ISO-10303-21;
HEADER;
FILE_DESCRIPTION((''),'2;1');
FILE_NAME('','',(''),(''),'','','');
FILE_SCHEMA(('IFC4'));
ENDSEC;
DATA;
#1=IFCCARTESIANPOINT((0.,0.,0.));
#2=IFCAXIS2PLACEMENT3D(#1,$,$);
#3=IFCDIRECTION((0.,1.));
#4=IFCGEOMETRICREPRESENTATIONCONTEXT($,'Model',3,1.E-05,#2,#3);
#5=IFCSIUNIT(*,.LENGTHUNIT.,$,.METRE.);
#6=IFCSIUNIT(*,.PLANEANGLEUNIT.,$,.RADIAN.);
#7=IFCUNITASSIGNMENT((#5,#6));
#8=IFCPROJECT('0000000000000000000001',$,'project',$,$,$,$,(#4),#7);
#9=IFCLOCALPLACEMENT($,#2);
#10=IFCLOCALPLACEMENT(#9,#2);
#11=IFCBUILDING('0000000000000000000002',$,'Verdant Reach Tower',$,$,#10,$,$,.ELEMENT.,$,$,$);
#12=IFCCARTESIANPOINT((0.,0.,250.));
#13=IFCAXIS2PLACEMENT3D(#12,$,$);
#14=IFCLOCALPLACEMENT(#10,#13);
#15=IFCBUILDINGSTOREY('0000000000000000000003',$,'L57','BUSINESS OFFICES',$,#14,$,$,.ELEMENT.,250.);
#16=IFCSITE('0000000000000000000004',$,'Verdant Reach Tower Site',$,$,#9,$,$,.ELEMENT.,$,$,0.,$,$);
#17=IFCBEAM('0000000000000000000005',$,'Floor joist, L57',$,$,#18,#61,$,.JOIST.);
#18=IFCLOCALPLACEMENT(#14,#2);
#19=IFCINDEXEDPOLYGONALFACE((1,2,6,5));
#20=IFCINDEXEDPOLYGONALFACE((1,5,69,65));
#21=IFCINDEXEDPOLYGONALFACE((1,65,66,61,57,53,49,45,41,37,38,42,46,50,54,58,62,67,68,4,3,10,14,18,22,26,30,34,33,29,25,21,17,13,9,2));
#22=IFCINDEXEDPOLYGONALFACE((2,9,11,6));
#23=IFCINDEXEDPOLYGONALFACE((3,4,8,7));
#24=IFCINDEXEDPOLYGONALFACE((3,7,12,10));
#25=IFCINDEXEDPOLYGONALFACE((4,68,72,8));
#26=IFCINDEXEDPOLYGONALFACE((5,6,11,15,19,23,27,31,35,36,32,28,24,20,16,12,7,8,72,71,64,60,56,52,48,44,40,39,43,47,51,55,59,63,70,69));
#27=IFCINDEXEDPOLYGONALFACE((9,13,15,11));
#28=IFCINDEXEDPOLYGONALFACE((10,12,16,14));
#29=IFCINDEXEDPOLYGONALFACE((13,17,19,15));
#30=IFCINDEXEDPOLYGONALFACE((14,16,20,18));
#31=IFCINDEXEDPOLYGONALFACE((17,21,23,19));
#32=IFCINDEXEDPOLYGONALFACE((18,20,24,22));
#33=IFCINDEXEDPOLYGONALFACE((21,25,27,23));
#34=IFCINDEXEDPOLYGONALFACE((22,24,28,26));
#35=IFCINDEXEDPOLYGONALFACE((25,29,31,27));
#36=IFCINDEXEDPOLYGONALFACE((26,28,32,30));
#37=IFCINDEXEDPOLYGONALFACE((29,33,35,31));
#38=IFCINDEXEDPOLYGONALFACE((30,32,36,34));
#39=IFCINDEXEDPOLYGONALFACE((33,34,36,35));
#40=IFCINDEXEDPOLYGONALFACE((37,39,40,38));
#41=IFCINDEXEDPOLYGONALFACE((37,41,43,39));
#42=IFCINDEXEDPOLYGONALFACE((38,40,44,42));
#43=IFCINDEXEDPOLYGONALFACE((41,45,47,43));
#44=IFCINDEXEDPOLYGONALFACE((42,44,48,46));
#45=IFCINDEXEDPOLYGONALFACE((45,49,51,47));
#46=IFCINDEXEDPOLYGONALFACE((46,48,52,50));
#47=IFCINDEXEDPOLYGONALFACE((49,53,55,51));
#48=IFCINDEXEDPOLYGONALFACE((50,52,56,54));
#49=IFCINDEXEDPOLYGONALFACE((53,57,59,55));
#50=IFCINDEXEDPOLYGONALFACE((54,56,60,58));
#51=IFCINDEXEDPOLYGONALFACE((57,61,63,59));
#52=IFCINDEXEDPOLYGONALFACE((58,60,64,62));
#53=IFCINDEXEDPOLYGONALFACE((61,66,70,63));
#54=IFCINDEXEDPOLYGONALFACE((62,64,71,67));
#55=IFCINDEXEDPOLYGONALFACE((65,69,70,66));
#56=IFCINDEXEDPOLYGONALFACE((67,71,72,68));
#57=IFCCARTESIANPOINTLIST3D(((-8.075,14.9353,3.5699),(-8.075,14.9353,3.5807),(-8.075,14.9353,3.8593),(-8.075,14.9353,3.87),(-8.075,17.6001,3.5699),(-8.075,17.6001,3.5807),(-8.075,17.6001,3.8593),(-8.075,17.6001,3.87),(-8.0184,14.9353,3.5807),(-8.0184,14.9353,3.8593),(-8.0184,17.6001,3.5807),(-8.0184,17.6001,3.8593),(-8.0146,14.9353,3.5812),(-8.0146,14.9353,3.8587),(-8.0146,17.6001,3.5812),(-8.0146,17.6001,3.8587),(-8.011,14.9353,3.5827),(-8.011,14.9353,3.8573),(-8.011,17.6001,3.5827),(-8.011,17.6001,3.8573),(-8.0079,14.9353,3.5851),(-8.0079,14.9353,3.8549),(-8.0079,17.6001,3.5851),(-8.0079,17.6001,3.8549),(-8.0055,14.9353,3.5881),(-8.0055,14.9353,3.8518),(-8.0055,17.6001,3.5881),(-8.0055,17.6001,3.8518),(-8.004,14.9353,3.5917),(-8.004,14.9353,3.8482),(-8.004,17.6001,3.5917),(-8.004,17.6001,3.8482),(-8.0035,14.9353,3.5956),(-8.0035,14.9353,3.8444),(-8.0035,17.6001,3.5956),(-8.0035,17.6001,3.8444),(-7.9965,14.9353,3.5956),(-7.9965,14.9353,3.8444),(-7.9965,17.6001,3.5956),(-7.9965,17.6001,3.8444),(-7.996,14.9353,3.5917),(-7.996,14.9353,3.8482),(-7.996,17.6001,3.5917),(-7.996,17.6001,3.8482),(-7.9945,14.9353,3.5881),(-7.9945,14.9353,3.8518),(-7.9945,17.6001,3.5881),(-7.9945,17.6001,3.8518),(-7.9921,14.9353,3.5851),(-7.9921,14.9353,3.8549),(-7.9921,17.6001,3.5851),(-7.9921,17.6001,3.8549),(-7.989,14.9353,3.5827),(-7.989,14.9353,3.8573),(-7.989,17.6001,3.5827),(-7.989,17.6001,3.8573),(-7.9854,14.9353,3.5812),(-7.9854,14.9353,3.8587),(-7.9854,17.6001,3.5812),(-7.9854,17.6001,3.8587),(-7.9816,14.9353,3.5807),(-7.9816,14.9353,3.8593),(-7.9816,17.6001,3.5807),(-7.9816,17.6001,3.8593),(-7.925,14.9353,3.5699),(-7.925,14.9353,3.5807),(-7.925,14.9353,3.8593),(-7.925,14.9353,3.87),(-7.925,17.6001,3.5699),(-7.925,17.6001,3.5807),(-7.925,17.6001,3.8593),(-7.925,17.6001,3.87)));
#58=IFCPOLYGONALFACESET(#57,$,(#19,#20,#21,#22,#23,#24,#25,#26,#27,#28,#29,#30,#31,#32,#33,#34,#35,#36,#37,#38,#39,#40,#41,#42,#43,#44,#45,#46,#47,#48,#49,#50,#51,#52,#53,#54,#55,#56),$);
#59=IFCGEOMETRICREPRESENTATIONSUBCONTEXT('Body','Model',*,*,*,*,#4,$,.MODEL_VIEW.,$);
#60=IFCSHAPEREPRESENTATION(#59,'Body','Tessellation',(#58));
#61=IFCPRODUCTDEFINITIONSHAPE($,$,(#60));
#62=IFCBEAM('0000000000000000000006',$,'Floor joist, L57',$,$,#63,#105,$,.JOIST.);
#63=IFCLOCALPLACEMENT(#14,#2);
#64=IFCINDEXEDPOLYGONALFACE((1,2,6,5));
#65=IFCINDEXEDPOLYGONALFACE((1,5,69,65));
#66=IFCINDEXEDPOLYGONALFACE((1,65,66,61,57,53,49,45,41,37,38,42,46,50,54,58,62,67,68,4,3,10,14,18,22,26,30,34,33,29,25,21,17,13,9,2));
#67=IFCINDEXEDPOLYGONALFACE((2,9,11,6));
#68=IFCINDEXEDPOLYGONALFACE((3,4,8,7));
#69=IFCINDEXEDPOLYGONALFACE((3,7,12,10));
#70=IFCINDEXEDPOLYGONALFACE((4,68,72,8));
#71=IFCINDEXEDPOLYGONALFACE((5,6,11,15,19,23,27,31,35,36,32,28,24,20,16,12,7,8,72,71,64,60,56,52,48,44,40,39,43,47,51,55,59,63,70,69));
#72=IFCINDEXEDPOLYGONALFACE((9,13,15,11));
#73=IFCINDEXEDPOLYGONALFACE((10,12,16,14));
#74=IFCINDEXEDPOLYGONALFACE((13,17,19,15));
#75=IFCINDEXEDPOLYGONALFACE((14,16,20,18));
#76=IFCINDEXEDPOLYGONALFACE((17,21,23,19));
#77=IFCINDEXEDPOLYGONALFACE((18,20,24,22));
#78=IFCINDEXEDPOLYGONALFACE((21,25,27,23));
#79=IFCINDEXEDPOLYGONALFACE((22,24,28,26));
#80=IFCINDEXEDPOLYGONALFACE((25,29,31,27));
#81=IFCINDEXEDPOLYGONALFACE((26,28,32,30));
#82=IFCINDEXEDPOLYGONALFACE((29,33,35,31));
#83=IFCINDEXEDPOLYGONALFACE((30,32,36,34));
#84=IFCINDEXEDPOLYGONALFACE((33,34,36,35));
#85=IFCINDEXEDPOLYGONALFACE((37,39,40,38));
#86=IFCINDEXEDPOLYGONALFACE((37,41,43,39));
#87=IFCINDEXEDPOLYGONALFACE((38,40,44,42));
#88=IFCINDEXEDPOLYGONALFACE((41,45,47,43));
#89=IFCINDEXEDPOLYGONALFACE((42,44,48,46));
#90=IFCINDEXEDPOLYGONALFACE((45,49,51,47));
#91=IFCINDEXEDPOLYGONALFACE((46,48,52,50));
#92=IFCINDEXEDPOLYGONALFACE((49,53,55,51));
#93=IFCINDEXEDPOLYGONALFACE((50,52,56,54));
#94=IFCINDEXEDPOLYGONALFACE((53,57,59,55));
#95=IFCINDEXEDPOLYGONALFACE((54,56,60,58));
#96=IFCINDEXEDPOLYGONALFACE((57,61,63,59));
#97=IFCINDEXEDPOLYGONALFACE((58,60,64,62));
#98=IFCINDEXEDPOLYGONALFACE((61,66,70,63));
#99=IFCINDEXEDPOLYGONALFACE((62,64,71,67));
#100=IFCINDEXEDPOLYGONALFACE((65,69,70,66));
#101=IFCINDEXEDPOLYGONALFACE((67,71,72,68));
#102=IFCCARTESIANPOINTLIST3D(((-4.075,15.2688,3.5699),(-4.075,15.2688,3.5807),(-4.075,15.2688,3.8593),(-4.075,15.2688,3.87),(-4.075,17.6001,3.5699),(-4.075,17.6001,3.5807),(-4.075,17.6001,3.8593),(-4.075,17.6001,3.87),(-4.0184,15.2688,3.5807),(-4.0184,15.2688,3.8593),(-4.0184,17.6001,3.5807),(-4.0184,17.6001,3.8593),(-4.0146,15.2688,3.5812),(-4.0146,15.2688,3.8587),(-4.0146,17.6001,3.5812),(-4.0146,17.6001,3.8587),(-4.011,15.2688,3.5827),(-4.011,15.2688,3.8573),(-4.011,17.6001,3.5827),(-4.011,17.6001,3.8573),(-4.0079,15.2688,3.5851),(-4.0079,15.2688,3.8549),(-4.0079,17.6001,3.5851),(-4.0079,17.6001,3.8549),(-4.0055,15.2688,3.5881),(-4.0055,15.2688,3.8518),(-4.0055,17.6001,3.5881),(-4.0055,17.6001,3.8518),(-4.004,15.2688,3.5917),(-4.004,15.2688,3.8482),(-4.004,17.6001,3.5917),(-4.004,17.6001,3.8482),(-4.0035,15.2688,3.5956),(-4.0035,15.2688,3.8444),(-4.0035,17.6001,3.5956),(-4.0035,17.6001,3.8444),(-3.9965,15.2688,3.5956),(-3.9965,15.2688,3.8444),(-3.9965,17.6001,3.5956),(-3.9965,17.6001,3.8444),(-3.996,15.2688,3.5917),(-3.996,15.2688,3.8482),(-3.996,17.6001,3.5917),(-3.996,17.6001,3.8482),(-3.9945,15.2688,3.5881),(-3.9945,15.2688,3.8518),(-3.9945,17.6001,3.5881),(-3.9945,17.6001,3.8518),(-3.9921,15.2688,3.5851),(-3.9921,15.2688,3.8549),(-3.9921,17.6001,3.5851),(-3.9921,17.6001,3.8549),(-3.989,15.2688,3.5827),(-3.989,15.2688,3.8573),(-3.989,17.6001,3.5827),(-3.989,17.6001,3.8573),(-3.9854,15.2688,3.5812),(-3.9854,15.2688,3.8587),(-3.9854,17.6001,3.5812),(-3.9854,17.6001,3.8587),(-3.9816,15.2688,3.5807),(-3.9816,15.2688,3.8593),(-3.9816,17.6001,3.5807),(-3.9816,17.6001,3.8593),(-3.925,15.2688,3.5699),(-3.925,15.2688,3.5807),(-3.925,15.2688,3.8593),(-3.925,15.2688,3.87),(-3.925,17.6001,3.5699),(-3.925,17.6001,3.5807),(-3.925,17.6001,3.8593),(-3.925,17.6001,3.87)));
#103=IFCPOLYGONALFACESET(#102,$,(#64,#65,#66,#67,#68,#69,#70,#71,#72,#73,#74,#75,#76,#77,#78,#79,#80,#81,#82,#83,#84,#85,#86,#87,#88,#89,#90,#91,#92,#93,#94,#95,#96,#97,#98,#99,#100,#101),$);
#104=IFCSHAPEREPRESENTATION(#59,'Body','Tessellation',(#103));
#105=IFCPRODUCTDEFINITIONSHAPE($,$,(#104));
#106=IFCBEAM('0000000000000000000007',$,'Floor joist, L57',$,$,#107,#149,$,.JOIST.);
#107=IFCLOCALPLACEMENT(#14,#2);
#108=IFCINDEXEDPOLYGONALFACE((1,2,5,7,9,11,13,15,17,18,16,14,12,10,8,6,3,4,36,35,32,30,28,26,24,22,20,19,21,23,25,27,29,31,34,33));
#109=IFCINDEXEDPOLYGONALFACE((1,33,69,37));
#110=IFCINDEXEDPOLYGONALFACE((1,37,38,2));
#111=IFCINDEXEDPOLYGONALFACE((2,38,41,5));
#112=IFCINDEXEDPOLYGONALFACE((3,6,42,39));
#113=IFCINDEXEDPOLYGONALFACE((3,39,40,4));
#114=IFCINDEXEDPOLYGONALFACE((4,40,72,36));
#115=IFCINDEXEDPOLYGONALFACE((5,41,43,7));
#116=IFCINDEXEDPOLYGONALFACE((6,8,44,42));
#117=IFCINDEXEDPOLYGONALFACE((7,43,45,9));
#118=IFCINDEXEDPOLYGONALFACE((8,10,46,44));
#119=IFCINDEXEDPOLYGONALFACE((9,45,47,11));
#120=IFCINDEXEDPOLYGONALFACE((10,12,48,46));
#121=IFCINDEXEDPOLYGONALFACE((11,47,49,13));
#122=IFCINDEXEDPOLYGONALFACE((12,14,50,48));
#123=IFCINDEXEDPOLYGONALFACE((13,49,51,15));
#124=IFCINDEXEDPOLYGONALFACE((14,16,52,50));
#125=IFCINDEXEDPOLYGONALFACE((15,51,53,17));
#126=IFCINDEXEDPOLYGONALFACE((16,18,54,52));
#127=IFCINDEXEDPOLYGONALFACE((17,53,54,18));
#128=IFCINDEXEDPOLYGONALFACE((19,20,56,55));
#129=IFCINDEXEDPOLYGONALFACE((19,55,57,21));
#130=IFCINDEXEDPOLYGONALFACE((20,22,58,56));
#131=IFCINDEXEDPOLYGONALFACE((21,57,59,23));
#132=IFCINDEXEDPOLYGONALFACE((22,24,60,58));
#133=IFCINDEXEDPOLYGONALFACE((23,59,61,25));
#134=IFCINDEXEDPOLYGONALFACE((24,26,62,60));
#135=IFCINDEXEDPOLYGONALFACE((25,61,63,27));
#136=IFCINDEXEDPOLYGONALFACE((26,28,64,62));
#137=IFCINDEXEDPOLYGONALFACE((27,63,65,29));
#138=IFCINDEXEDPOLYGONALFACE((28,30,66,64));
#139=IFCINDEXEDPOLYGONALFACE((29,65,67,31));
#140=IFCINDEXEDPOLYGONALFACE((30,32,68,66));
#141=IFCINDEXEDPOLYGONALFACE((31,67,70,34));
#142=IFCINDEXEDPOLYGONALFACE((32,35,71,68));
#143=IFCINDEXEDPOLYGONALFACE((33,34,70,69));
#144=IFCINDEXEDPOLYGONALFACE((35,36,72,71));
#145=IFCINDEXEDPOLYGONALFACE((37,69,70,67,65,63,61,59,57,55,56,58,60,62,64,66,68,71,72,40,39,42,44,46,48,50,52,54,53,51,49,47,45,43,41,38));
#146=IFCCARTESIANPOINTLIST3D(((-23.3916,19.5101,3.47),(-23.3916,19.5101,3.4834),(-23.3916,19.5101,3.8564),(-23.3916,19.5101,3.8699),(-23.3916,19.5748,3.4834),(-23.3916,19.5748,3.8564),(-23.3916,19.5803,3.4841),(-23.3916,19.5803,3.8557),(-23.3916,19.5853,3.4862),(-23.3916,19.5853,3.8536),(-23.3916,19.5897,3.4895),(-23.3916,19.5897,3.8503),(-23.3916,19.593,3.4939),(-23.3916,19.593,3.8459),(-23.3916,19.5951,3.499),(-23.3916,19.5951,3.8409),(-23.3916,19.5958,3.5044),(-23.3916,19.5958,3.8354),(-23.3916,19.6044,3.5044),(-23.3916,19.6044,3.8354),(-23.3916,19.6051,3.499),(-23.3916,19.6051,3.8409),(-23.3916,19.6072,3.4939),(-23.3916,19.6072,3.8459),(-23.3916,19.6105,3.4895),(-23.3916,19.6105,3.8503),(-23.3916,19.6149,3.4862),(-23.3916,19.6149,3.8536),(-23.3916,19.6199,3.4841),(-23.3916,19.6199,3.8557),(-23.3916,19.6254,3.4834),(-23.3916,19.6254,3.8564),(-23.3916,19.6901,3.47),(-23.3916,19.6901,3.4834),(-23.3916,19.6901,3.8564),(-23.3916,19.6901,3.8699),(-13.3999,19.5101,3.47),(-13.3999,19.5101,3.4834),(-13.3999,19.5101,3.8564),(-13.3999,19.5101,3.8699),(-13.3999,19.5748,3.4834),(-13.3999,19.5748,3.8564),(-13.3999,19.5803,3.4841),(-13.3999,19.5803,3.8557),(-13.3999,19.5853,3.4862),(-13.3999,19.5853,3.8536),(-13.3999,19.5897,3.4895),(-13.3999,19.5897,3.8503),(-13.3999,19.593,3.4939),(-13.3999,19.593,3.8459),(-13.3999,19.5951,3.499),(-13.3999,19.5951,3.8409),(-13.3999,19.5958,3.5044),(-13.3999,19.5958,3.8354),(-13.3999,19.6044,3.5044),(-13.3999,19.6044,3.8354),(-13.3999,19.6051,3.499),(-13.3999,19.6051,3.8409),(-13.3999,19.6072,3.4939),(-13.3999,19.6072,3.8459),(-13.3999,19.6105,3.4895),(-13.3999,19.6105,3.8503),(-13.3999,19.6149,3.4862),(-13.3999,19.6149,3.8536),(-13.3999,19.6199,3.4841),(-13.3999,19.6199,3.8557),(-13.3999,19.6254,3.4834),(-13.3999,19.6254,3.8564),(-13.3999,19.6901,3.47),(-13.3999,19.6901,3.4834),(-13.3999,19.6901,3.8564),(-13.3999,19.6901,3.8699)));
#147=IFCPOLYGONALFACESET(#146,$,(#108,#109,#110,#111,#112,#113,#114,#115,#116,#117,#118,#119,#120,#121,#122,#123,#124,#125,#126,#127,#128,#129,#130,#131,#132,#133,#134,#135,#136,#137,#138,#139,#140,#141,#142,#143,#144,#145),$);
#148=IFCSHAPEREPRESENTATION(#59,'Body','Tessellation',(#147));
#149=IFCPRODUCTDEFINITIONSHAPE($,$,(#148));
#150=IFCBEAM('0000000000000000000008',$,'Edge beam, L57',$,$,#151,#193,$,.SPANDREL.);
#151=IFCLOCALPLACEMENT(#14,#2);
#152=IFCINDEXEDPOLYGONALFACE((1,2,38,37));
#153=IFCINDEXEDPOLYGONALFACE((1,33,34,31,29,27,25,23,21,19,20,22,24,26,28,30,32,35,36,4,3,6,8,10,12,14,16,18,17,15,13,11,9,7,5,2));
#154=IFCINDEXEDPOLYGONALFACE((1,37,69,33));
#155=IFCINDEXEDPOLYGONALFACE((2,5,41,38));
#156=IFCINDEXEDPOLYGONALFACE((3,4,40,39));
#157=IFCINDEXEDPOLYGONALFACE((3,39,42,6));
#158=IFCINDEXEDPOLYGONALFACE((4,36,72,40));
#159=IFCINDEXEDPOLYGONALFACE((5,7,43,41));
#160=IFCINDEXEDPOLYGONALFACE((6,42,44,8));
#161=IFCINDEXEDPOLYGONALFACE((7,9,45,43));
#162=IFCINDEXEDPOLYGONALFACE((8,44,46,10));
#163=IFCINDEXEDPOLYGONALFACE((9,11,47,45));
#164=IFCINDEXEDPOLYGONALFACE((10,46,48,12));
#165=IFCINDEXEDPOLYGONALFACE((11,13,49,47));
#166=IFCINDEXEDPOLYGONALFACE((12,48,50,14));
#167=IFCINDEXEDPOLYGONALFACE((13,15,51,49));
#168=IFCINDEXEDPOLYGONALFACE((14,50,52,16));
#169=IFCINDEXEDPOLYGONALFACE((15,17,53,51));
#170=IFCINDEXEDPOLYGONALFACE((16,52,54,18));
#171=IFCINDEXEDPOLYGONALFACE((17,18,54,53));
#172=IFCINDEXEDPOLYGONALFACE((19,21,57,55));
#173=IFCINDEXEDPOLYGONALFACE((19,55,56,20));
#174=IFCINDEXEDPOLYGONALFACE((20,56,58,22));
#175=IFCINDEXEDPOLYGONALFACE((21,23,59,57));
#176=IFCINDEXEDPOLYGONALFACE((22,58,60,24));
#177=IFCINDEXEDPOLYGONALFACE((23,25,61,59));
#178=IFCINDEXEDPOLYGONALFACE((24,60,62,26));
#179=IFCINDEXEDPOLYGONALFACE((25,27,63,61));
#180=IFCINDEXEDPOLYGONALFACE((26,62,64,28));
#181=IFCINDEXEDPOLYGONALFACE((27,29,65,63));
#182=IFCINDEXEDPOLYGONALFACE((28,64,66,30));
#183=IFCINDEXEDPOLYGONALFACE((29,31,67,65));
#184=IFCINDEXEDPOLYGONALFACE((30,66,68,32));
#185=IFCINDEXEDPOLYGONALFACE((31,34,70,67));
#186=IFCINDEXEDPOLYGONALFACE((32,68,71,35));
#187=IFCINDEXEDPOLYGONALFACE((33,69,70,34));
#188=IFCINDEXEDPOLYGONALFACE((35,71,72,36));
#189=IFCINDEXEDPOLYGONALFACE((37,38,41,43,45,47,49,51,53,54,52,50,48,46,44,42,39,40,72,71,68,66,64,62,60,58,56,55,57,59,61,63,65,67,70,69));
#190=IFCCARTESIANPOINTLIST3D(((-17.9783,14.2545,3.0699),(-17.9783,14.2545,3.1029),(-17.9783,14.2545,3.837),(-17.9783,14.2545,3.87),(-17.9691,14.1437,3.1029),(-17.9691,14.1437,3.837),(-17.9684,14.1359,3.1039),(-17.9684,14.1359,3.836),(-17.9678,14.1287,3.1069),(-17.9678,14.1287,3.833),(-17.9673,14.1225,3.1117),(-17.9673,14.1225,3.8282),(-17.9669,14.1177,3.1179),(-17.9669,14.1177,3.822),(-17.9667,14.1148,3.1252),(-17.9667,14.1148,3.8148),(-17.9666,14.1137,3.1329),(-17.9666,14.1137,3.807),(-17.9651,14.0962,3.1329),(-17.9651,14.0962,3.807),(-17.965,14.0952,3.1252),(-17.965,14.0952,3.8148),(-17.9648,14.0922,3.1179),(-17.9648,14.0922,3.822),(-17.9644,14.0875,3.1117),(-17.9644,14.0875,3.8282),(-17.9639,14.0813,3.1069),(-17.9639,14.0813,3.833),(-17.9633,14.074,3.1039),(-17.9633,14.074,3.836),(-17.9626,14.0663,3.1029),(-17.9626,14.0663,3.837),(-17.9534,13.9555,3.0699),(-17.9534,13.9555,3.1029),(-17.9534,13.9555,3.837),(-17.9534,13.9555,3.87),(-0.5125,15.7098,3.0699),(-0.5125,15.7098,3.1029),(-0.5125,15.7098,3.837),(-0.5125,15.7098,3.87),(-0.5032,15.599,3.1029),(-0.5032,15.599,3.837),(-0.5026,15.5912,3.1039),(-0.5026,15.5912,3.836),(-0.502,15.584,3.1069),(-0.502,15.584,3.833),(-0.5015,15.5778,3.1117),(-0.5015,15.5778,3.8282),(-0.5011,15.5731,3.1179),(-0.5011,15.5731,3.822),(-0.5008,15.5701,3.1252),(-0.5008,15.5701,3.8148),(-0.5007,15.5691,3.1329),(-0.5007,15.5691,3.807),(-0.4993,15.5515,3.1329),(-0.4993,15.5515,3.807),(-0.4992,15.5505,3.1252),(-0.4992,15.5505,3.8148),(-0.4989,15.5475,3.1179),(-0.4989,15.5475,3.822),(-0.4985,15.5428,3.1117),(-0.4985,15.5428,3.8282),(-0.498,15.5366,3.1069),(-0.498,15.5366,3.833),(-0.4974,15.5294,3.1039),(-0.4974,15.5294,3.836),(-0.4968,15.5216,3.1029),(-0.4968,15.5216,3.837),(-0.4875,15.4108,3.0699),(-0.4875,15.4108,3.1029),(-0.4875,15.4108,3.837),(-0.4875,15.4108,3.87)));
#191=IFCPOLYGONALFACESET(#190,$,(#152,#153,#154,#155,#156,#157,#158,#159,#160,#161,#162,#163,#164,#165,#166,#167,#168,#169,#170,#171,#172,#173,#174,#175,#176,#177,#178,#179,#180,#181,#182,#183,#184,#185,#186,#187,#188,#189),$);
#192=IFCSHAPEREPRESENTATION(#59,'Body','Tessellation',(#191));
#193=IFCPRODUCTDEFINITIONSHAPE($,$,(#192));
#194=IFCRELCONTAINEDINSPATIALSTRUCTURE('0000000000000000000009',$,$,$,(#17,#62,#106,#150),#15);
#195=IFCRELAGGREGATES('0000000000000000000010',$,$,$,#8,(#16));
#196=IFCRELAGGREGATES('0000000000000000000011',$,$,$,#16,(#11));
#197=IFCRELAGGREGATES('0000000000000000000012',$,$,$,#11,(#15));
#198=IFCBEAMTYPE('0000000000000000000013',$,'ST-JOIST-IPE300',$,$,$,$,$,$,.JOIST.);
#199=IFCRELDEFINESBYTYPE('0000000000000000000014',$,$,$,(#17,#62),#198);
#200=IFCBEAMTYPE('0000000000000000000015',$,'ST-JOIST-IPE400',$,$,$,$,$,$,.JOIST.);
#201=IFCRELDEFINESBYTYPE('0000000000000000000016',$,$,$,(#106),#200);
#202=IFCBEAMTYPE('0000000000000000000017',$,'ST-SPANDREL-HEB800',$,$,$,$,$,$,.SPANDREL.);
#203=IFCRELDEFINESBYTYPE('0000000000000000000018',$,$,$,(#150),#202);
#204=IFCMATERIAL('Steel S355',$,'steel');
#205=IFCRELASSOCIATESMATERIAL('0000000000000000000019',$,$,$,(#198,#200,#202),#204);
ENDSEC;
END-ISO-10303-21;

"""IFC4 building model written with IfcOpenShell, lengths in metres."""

from ifc_helpers import new_model, si_unit, direction, frame, origin, origin_2d, place, context, subcontext, project, spatial, i_section, extrude, material, material_profile, profile_set, type_object, element, save


model = new_model("IFC4")

# Units and contexts
model_context = context("Model", 3, precision=1e-05, world=origin(), true_north=direction((0.0, 1.0)))
body_context = subcontext(model_context, "Body", "Model", "MODEL_VIEW")
ifc_project = project(units=[si_unit("LENGTHUNIT", "METRE"), si_unit("PLANEANGLEUNIT", "RADIAN")], contexts=[model_context])

# Site, building, storey
site_placement = place(None, origin())
site = spatial("IfcSite", under=ifc_project, at=site_placement, Name="Verdant Reach Tower Site", CompositionType="ELEMENT", RefElevation=0.0)
building_placement = place(site_placement, origin())
building = spatial("IfcBuilding", under=site, at=building_placement, Name="Verdant Reach Tower", CompositionType="ELEMENT")
storey_placement = place(building_placement, frame((0.0, 0.0, 250.0)))
storey = spatial("IfcBuildingStorey", under=building, at=storey_placement, Name="L57", Description="BUSINESS OFFICES", CompositionType="ELEMENT", Elevation=250.0)

# Beams
ifc_material_1 = material(Name="Steel S355", Category="steel")
ifc_material_profile_1 = material_profile(ifc_material_1, i_section(OverallWidth=0.1499, OverallDepth=0.3, WebThickness=0.0071, FlangeThickness=0.0107, FilletRadius=0.0149, at=origin_2d()), Name="IPE 300")
ifc_profile_set_1 = profile_set([ifc_material_profile_1], Name="Steel S355")
beam_type_1 = type_object("IfcBeamType", Name="ST-JOIST-IPE300", PredefinedType="JOIST", material=ifc_profile_set_1)
beam_1_placement = place(storey_placement, frame((-8.0, 17.6001, 3.72), z_axis=(0.0, -1.0, 0.0), x_axis=(1.0, 0.0, 0.0)))
element("IfcBeam", 1, at=beam_1_placement, inside=storey, type_object=beam_type_1, Name="Floor joist, L57", PredefinedType="JOIST", context=body_context, shape_type="SweptSolid", body=[
    extrude(i_section(OverallWidth=0.1499, OverallDepth=0.3, WebThickness=0.0071, FlangeThickness=0.0107, FilletRadius=0.0149, at=origin_2d()), origin(), (0.0, 0.0, 1.0), 2.6648),
])
beam_2_placement = place(storey_placement, frame((-4.0, 17.6001, 3.72), z_axis=(0.0, -1.0, 0.0), x_axis=(1.0, 0.0, 0.0)))
element("IfcBeam", 2, at=beam_2_placement, inside=storey, type_object=beam_type_1, Name="Floor joist, L57", PredefinedType="JOIST", context=body_context, shape_type="SweptSolid", body=[
    extrude(i_section(OverallWidth=0.1499, OverallDepth=0.3, WebThickness=0.0071, FlangeThickness=0.0107, FilletRadius=0.0149, at=origin_2d()), origin(), (0.0, 0.0, 1.0), 2.3313),
])
ifc_material_profile_2 = material_profile(ifc_material_1, i_section(OverallWidth=0.1799, OverallDepth=0.3999, WebThickness=0.0085, FlangeThickness=0.0134, FilletRadius=0.021, at=origin_2d()), Name="IPE 400")
ifc_profile_set_2 = profile_set([ifc_material_profile_2], Name="Steel S355")
beam_type_2 = type_object("IfcBeamType", Name="ST-JOIST-IPE400", PredefinedType="JOIST", material=ifc_profile_set_2)
beam_3_placement = place(storey_placement, frame((-13.3999, 19.6001, 3.6699), z_axis=(-1.0, 0.0, 0.0), x_axis=(0.0, -1.0, 0.0)))
element("IfcBeam", 3, at=beam_3_placement, inside=storey, type_object=beam_type_2, Name="Floor joist, L57", PredefinedType="JOIST", context=body_context, shape_type="SweptSolid", body=[
    extrude(i_section(OverallWidth=0.1799, OverallDepth=0.3999, WebThickness=0.0085, FlangeThickness=0.0134, FilletRadius=0.021, at=origin_2d()), origin(), (0.0, 0.0, 1.0), 9.9917),
])
ifc_material_profile_3 = material_profile(ifc_material_1, i_section(OverallWidth=0.3, OverallDepth=0.8, WebThickness=0.0176, FlangeThickness=0.033, FilletRadius=0.03, at=origin_2d()), Name="HEB 800")
ifc_profile_set_3 = profile_set([ifc_material_profile_3], Name="Steel S355")
beam_type_3 = type_object("IfcBeamType", Name="ST-SPANDREL-HEB800", PredefinedType="SPANDREL", material=ifc_profile_set_3)
beam_4_placement = place(storey_placement, frame((-0.5, 15.5603, 3.47), z_axis=(-0.996547, -0.083036, 0.0), x_axis=(0.083036, -0.996547, 0.0)))
element("IfcBeam", 4, at=beam_4_placement, inside=storey, type_object=beam_type_3, Name="Edge beam, L57", PredefinedType="SPANDREL", context=body_context, shape_type="SweptSolid", body=[
    extrude(i_section(OverallWidth=0.3, OverallDepth=0.8, WebThickness=0.0176, FlangeThickness=0.033, FilletRadius=0.03, at=origin_2d()), origin(), (0.0, 0.0, 1.0), 17.5264),
])

save(model, "model.ifc")
